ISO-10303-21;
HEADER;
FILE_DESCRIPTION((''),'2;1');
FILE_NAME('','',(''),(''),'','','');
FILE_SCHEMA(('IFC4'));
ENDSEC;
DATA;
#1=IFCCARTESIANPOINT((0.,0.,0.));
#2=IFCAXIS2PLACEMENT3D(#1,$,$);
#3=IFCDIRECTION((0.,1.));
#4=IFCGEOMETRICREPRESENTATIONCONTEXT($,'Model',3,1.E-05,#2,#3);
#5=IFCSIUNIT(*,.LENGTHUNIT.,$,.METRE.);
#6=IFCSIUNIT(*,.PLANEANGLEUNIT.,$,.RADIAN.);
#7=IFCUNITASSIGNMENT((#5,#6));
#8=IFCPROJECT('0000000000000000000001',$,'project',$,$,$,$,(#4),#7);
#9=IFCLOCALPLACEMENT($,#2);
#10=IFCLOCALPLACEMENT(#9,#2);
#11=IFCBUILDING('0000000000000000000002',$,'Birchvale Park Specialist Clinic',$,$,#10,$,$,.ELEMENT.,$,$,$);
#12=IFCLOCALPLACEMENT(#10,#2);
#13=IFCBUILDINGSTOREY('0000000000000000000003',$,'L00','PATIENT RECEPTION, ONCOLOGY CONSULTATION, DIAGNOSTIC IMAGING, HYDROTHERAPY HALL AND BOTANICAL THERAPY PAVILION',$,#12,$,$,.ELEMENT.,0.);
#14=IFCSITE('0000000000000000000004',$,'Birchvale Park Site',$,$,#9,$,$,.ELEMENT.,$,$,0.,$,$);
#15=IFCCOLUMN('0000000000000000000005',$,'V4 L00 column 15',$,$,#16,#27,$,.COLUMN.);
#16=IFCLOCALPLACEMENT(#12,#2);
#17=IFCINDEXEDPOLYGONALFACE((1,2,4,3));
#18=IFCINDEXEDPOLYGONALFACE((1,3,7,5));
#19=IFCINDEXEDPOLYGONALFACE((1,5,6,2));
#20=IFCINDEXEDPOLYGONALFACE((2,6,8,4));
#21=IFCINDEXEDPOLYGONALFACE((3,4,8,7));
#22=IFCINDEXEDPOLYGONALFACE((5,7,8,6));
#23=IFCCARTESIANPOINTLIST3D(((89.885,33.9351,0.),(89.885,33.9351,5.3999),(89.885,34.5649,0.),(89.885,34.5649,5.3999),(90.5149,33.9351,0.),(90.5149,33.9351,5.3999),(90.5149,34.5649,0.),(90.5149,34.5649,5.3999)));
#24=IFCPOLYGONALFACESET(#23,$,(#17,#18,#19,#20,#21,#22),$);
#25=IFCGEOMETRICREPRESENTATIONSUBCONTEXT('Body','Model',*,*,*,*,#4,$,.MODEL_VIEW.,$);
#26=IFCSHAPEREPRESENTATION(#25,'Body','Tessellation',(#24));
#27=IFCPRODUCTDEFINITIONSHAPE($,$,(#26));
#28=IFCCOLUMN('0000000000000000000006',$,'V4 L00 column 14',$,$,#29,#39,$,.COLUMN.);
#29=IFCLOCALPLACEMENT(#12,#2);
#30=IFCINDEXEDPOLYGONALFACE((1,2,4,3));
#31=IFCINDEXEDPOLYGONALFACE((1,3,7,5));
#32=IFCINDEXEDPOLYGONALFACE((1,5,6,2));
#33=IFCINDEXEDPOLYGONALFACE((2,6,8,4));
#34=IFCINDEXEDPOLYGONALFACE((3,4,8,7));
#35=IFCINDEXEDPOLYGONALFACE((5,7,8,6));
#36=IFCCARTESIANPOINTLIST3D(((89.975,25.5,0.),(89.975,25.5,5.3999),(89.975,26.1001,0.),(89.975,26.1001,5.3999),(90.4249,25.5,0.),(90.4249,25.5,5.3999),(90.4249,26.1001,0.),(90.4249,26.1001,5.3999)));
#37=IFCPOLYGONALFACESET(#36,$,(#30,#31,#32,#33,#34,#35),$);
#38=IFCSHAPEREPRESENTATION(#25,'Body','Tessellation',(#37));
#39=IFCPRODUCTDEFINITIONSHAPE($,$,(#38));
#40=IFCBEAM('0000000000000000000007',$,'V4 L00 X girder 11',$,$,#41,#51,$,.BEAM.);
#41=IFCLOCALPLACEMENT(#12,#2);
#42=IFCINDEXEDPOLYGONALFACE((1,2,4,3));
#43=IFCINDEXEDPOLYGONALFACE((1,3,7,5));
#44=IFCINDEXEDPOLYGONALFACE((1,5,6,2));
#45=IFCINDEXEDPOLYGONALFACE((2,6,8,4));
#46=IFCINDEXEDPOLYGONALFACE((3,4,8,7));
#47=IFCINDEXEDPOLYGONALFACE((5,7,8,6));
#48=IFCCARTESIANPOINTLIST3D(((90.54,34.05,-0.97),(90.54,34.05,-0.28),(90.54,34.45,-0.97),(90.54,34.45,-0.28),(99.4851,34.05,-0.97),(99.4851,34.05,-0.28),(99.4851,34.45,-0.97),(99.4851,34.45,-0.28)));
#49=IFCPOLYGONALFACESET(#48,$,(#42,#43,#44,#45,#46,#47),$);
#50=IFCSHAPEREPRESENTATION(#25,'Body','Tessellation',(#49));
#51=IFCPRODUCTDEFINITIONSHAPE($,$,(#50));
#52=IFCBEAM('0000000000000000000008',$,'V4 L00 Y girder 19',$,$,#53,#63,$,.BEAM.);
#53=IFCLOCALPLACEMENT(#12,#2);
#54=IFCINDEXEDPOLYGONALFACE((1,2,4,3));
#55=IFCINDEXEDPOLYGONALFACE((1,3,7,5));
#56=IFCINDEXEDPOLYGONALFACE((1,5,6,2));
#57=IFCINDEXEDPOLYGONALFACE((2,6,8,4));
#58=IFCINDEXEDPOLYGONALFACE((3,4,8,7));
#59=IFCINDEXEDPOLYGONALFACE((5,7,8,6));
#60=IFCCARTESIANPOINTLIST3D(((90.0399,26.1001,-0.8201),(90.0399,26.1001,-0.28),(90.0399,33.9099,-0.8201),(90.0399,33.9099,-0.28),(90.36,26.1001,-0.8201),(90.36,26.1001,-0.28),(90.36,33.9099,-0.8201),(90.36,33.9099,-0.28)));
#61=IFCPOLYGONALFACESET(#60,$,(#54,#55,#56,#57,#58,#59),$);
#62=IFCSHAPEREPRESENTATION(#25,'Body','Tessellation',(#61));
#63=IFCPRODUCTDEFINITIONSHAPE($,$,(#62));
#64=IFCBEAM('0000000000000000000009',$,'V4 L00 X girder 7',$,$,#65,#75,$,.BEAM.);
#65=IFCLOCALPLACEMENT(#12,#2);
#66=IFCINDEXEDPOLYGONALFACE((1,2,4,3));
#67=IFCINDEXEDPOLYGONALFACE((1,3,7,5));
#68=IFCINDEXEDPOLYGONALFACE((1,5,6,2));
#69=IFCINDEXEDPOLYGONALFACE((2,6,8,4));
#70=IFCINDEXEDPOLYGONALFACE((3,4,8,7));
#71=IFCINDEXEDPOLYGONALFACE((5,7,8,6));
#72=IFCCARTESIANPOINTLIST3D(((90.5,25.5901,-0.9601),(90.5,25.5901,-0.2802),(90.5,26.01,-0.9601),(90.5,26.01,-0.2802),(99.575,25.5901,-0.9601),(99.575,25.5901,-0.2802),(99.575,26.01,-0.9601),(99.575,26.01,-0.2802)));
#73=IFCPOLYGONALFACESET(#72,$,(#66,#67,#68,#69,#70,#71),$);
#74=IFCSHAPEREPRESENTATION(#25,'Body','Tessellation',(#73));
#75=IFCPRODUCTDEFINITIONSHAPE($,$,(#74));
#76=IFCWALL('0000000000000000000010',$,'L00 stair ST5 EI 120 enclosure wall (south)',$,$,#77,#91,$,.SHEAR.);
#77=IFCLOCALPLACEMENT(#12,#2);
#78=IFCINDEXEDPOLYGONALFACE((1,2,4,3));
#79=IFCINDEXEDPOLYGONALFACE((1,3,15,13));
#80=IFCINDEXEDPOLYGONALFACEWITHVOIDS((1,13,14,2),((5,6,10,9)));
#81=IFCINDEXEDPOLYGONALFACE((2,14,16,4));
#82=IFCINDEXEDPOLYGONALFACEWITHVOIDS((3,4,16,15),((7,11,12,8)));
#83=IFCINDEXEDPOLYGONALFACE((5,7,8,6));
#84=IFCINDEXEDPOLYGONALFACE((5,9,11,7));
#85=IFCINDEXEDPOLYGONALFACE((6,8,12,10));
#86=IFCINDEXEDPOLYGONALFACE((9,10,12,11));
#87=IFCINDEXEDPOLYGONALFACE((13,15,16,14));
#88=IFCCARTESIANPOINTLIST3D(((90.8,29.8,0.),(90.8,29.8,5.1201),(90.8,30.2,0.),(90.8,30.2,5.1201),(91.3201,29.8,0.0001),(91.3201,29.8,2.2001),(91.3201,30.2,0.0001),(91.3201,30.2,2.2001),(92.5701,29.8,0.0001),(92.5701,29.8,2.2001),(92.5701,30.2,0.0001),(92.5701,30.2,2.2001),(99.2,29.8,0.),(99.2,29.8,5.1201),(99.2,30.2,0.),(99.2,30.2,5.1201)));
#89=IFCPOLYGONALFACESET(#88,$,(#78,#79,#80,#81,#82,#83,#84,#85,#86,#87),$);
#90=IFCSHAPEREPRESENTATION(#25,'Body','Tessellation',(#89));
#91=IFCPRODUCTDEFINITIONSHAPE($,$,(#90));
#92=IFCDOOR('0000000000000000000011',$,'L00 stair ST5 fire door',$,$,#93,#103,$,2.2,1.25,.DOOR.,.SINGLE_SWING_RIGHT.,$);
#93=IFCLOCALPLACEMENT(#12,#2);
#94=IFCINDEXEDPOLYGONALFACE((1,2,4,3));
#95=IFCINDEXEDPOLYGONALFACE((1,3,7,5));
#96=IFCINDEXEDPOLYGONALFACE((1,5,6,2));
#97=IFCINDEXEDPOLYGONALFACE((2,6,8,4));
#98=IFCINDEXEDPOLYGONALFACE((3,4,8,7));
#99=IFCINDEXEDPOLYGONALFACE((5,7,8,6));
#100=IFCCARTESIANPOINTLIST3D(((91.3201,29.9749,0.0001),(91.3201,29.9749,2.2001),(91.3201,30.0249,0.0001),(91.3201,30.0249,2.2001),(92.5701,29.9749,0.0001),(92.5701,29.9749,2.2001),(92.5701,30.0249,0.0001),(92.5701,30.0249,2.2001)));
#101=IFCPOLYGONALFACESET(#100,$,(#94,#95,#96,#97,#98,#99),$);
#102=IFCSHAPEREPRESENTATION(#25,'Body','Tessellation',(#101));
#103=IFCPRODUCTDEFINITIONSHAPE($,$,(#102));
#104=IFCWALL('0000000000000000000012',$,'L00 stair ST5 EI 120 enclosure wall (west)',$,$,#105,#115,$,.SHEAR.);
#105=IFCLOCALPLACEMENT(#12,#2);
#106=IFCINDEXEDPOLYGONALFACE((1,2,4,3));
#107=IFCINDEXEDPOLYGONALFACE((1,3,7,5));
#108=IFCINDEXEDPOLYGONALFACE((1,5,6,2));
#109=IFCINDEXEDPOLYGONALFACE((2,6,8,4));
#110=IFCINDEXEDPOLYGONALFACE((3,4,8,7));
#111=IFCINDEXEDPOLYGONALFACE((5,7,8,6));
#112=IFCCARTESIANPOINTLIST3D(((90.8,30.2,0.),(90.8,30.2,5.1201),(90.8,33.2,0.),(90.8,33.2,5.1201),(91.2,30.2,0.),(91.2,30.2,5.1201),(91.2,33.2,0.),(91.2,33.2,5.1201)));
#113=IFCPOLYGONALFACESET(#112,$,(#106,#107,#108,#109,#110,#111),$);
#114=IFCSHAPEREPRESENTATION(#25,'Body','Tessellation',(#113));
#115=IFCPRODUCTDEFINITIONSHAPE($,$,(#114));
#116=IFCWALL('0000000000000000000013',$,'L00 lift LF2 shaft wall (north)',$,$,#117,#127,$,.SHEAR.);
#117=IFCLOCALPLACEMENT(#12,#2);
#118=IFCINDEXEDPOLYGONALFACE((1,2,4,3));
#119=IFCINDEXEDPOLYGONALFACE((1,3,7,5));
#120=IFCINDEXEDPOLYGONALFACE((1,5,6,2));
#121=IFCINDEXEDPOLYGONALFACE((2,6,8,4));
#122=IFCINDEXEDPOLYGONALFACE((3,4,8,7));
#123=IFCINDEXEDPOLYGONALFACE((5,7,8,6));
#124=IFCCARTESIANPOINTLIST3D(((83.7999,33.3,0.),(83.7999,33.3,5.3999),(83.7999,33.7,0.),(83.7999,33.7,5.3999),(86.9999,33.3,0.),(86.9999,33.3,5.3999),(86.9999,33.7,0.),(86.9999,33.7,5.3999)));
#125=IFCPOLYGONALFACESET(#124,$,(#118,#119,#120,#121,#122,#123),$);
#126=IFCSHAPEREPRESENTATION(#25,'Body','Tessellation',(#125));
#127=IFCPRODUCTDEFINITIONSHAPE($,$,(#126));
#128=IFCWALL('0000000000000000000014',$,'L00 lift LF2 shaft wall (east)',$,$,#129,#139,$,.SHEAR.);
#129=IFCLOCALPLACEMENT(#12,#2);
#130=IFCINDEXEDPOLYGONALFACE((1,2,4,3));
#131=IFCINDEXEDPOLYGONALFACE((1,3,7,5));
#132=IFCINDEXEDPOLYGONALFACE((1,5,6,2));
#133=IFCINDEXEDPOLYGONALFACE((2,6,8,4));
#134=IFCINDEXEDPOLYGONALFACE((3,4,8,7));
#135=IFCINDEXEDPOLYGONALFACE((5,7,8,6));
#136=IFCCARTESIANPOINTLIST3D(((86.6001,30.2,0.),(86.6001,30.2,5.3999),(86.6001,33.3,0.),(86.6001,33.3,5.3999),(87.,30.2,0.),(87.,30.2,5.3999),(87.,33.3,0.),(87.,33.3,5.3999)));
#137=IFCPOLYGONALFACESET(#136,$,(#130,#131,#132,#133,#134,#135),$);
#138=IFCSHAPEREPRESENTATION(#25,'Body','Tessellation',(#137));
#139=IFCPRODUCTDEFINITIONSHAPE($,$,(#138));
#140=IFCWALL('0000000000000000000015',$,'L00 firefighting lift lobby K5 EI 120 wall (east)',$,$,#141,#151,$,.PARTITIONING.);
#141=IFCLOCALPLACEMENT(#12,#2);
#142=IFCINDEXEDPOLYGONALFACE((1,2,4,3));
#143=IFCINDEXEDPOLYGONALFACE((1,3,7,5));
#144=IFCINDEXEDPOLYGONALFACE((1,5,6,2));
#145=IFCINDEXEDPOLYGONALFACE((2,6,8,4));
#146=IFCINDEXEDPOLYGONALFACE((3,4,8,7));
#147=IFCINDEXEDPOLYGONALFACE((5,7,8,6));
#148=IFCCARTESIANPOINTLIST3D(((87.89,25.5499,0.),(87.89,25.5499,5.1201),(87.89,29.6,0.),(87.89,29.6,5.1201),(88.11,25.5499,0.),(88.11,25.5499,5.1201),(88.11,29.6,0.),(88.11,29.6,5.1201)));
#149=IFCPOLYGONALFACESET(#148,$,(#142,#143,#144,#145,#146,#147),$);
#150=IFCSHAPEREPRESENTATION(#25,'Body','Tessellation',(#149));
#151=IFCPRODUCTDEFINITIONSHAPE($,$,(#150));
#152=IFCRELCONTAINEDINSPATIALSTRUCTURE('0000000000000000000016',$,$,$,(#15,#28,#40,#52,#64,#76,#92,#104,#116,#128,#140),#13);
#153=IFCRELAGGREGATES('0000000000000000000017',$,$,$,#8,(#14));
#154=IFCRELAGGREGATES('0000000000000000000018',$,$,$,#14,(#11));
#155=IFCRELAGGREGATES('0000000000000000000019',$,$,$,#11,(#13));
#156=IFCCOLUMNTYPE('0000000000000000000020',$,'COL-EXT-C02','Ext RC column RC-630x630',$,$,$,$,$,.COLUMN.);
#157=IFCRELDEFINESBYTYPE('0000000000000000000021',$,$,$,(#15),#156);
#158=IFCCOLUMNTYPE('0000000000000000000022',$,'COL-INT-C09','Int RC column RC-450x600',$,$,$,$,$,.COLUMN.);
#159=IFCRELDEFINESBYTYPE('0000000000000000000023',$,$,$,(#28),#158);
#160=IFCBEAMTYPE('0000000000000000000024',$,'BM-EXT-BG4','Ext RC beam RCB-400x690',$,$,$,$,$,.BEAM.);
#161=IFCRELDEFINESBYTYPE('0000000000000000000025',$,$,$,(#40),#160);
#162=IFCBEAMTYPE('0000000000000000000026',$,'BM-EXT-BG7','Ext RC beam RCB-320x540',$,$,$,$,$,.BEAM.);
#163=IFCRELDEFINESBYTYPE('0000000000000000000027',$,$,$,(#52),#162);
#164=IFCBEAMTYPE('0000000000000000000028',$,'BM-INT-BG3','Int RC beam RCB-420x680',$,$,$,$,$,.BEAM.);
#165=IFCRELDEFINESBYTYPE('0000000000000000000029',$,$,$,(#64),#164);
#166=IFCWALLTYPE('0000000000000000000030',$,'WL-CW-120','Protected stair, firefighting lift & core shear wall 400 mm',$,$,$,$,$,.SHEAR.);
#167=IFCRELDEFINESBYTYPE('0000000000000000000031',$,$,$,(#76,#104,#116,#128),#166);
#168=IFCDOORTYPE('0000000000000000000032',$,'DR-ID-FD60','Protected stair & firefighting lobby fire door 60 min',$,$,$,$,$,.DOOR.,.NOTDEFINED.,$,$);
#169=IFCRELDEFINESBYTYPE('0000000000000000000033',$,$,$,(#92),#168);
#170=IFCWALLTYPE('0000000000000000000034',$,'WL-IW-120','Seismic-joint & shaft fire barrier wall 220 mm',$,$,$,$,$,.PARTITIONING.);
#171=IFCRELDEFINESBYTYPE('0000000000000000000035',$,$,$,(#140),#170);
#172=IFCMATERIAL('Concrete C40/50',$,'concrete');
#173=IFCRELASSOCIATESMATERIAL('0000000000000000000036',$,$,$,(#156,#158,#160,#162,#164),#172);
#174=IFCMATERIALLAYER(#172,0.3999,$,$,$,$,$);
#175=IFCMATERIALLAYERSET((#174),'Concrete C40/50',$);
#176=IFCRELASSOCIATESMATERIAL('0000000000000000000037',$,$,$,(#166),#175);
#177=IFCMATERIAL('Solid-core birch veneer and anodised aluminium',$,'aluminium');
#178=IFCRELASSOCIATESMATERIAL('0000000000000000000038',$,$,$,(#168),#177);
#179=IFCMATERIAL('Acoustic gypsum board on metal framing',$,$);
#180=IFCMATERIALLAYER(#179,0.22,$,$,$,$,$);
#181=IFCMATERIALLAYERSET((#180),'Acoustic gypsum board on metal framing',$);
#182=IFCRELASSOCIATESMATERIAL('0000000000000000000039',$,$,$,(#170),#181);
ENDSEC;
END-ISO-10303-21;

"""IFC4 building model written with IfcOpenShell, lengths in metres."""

from ifc_helpers import new_model, si_unit, direction, frame, frame_2d, origin, origin_2d, place, context, subcontext, project, spatial, rectangle, extrude, material, layer, layer_set, material_profile, profile_set, type_object, element, fill, save


model = new_model("IFC4")

# Units and contexts
model_context = context("Model", 3, precision=1e-05, world=origin(), true_north=direction((0.0, 1.0)))
body_context = subcontext(model_context, "Body", "Model", "MODEL_VIEW")
ifc_project = project(units=[si_unit("LENGTHUNIT", "METRE"), si_unit("PLANEANGLEUNIT", "RADIAN")], contexts=[model_context])

# Site, building, storey
site_placement = place(None, origin())
site = spatial("IfcSite", under=ifc_project, at=site_placement, Name="Birchvale Park Site", CompositionType="ELEMENT", RefElevation=0.0)
building_placement = place(site_placement, origin())
building = spatial("IfcBuilding", under=site, at=building_placement, Name="Birchvale Park Specialist Clinic", CompositionType="ELEMENT")
storey_placement = place(building_placement, origin())
storey = spatial("IfcBuildingStorey", under=building, at=storey_placement, Name="L00", Description="PATIENT RECEPTION, ONCOLOGY CONSULTATION, DIAGNOSTIC IMAGING, HYDROTHERAPY HALL AND BOTANICAL THERAPY PAVILION", CompositionType="ELEMENT", Elevation=0.0)

# Columns
ifc_material_1 = material(Name="Concrete C40/50", Category="concrete")
ifc_material_profile_1 = material_profile(ifc_material_1, rectangle(XDim=0.6299, YDim=0.6299, at=origin_2d()), Name="RC-630x630")
ifc_profile_set_1 = profile_set([ifc_material_profile_1], Name="Concrete C40/50")
column_type_1 = type_object("IfcColumnType", Name="COL-EXT-C02", Description="Ext RC column RC-630x630", PredefinedType="COLUMN", material=ifc_profile_set_1)
column_1_placement = place(storey_placement, frame((90.2, 34.25, 0.0), z_axis=(0.0, 0.0, 1.0), x_axis=(1.0, 0.0, 0.0)))
element("IfcColumn", 1, at=column_1_placement, inside=storey, type_object=column_type_1, Name="V4 L00 column 15", PredefinedType="COLUMN", context=body_context, shape_type="SweptSolid", body=[
    extrude(rectangle(XDim=0.6299, YDim=0.6299, at=origin_2d()), origin(), (0.0, 0.0, 1.0), 5.3999),
])
ifc_material_profile_2 = material_profile(ifc_material_1, rectangle(XDim=0.45, YDim=0.6001, at=origin_2d()), Name="RC-450x600")
ifc_profile_set_2 = profile_set([ifc_material_profile_2], Name="Concrete C40/50")
column_type_2 = type_object("IfcColumnType", Name="COL-INT-C09", Description="Int RC column RC-450x600", PredefinedType="COLUMN", material=ifc_profile_set_2)
column_2_placement = place(storey_placement, frame((90.2, 25.8, 0.0), z_axis=(0.0, 0.0, 1.0), x_axis=(1.0, 0.0, 0.0)))
element("IfcColumn", 2, at=column_2_placement, inside=storey, type_object=column_type_2, Name="V4 L00 column 14", PredefinedType="COLUMN", context=body_context, shape_type="SweptSolid", body=[
    extrude(rectangle(XDim=0.45, YDim=0.6001, at=origin_2d()), origin(), (0.0, 0.0, 1.0), 5.3999),
])

# Beams
ifc_material_profile_3 = material_profile(ifc_material_1, rectangle(XDim=0.3999, YDim=0.6899, at=origin_2d()), Name="RCB-400x690")
ifc_profile_set_3 = profile_set([ifc_material_profile_3], Name="Concrete C40/50")
beam_type_1 = type_object("IfcBeamType", Name="BM-EXT-BG4", Description="Ext RC beam RCB-400x690", PredefinedType="BEAM", material=ifc_profile_set_3)
beam_1_placement = place(storey_placement, frame((90.54, 34.25, -0.625), z_axis=(1.0, 0.0, 0.0), x_axis=(0.0, 1.0, 0.0)))
element("IfcBeam", 3, at=beam_1_placement, inside=storey, type_object=beam_type_1, Name="V4 L00 X girder 11", PredefinedType="BEAM", context=body_context, shape_type="SweptSolid", body=[
    extrude(rectangle(XDim=0.3999, YDim=0.6899, at=origin_2d()), origin(), (0.0, 0.0, 1.0), 8.9451),
])
ifc_material_profile_4 = material_profile(ifc_material_1, rectangle(XDim=0.3201, YDim=0.54, at=origin_2d()), Name="RCB-320x540")
ifc_profile_set_4 = profile_set([ifc_material_profile_4], Name="Concrete C40/50")
beam_type_2 = type_object("IfcBeamType", Name="BM-EXT-BG7", Description="Ext RC beam RCB-320x540", PredefinedType="BEAM", material=ifc_profile_set_4)
beam_2_placement = place(storey_placement, frame((90.2, 26.1001, -0.55), z_axis=(0.0, 1.0, 0.0), x_axis=(-1.0, 0.0, 0.0)))
element("IfcBeam", 4, at=beam_2_placement, inside=storey, type_object=beam_type_2, Name="V4 L00 Y girder 19", PredefinedType="BEAM", context=body_context, shape_type="SweptSolid", body=[
    extrude(rectangle(XDim=0.3201, YDim=0.54, at=origin_2d()), origin(), (0.0, 0.0, 1.0), 7.8098),
])
ifc_material_profile_5 = material_profile(ifc_material_1, rectangle(XDim=0.4199, YDim=0.6799, at=origin_2d()), Name="RCB-420x680")
ifc_profile_set_5 = profile_set([ifc_material_profile_5], Name="Concrete C40/50")
beam_type_3 = type_object("IfcBeamType", Name="BM-INT-BG3", Description="Int RC beam RCB-420x680", PredefinedType="BEAM", material=ifc_profile_set_5)
beam_3_placement = place(storey_placement, frame((90.5, 25.8, -0.6201), z_axis=(1.0, 0.0, 0.0), x_axis=(0.0, 1.0, 0.0)))
element("IfcBeam", 5, at=beam_3_placement, inside=storey, type_object=beam_type_3, Name="V4 L00 X girder 7", PredefinedType="BEAM", context=body_context, shape_type="SweptSolid", body=[
    extrude(rectangle(XDim=0.4199, YDim=0.6799, at=origin_2d()), origin(), (0.0, 0.0, 1.0), 9.075),
])

# Wall, opening, door
ifc_layer_1 = layer(ifc_material_1, 0.3999)
ifc_layer_set_1 = layer_set([ifc_layer_1], Name="Concrete C40/50")
wall_type_1 = type_object("IfcWallType", Name="WL-CW-120", Description="Protected stair, firefighting lift & core shear wall 400 mm", PredefinedType="SHEAR", material=ifc_layer_set_1)
wall_1_placement = place(storey_placement, frame((90.8, 30.0, 0.0), z_axis=(0.0, 0.0, 1.0), x_axis=(1.0, 0.0, 0.0)))
wall_1 = element("IfcWall", 6, at=wall_1_placement, inside=storey, type_object=wall_type_1, Name="L00 stair ST5 EI 120 enclosure wall (south)", PredefinedType="SHEAR", context=body_context, shape_type="SweptSolid", body=[
    extrude(rectangle(XDim=8.3999, YDim=0.3999, at=frame_2d((4.2, 0.0))), origin(), (0.0, 0.0, 1.0), 5.1201),
])
opening_1_placement = place(wall_1_placement, frame((0.52, 0.0, 0.0)))
opening_1 = element("IfcOpeningElement", 7, at=opening_1_placement, cuts=wall_1, PredefinedType="OPENING", context=body_context, shape_type="SweptSolid", body=[
    extrude(rectangle(XDim=1.25, YDim=2.2, at=frame_2d((0.625, 1.1001))), frame((0.0, 0.21, 0.0), z_axis=(0.0, -1.0, 0.0), x_axis=(1.0, 0.0, 0.0)), (0.0, 0.0, 1.0), 0.4199),
])
ifc_material_2 = material(Name="Solid-core birch veneer and anodised aluminium", Category="aluminium")
door_type_1 = type_object("IfcDoorType", Name="DR-ID-FD60", Description="Protected stair & firefighting lobby fire door 60 min", OperationType="NOTDEFINED", PredefinedType="DOOR", material=ifc_material_2)
door_1_placement = place(opening_1_placement, origin())
door_1 = element("IfcDoor", 8, at=door_1_placement, inside=storey, type_object=door_type_1, Name="L00 stair ST5 fire door", OperationType="SINGLE_SWING_RIGHT", OverallHeight=2.2, OverallWidth=1.25, PredefinedType="DOOR", context=body_context, shape_type="SweptSolid", body=[
    extrude(rectangle(XDim=1.25, YDim=2.2, at=frame_2d((0.625, 1.1001))), frame((0.0, 0.0249, 0.0), z_axis=(0.0, -1.0, 0.0), x_axis=(1.0, 0.0, 0.0)), (0.0, 0.0, 1.0), 0.05),
])
fill(opening_1, door_1)

# Walls
wall_2_placement = place(storey_placement, frame((91.0, 30.2, 0.0), z_axis=(0.0, 0.0, 1.0), x_axis=(0.0, 1.0, 0.0)))
element("IfcWall", 9, at=wall_2_placement, inside=storey, type_object=wall_type_1, Name="L00 stair ST5 EI 120 enclosure wall (west)", PredefinedType="SHEAR", context=body_context, shape_type="SweptSolid", body=[
    extrude(rectangle(XDim=3.0, YDim=0.3999, at=frame_2d((1.5, 0.0))), origin(), (0.0, 0.0, 1.0), 5.1201),
])
wall_3_placement = place(storey_placement, frame((87.0, 33.5, 0.0), z_axis=(0.0, 0.0, 1.0), x_axis=(-1.0, 0.0, 0.0)))
element("IfcWall", 10, at=wall_3_placement, inside=storey, type_object=wall_type_1, Name="L00 lift LF2 shaft wall (north)", PredefinedType="SHEAR", context=body_context, shape_type="SweptSolid", body=[
    extrude(rectangle(XDim=3.2, YDim=0.3999, at=frame_2d((1.6001, 0.0))), origin(), (0.0, 0.0, 1.0), 5.3999),
])
wall_4_placement = place(storey_placement, frame((86.8, 33.3, 0.0), z_axis=(0.0, 0.0, 1.0), x_axis=(0.0, -1.0, 0.0)))
element("IfcWall", 11, at=wall_4_placement, inside=storey, type_object=wall_type_1, Name="L00 lift LF2 shaft wall (east)", PredefinedType="SHEAR", context=body_context, shape_type="SweptSolid", body=[
    extrude(rectangle(XDim=3.1001, YDim=0.3999, at=frame_2d((1.55, 0.0))), origin(), (0.0, 0.0, 1.0), 5.3999),
])
ifc_material_3 = material(Name="Acoustic gypsum board on metal framing")
ifc_layer_2 = layer(ifc_material_3, 0.22)
ifc_layer_set_2 = layer_set([ifc_layer_2], Name="Acoustic gypsum board on metal framing")
wall_type_2 = type_object("IfcWallType", Name="WL-IW-120", Description="Seismic-joint & shaft fire barrier wall 220 mm", PredefinedType="PARTITIONING", material=ifc_layer_set_2)
wall_5_placement = place(storey_placement, frame((88.0, 25.55, 0.0), z_axis=(0.0, 0.0, 1.0), x_axis=(0.0, 1.0, 0.0)))
element("IfcWall", 12, at=wall_5_placement, inside=storey, type_object=wall_type_2, Name="L00 firefighting lift lobby K5 EI 120 wall (east)", PredefinedType="PARTITIONING", context=body_context, shape_type="SweptSolid", body=[
    extrude(rectangle(XDim=4.05, YDim=0.22, at=frame_2d((2.0249, 0.0))), origin(), (0.0, 0.0, 1.0), 5.1201),
])

save(model, "model.ifc")
